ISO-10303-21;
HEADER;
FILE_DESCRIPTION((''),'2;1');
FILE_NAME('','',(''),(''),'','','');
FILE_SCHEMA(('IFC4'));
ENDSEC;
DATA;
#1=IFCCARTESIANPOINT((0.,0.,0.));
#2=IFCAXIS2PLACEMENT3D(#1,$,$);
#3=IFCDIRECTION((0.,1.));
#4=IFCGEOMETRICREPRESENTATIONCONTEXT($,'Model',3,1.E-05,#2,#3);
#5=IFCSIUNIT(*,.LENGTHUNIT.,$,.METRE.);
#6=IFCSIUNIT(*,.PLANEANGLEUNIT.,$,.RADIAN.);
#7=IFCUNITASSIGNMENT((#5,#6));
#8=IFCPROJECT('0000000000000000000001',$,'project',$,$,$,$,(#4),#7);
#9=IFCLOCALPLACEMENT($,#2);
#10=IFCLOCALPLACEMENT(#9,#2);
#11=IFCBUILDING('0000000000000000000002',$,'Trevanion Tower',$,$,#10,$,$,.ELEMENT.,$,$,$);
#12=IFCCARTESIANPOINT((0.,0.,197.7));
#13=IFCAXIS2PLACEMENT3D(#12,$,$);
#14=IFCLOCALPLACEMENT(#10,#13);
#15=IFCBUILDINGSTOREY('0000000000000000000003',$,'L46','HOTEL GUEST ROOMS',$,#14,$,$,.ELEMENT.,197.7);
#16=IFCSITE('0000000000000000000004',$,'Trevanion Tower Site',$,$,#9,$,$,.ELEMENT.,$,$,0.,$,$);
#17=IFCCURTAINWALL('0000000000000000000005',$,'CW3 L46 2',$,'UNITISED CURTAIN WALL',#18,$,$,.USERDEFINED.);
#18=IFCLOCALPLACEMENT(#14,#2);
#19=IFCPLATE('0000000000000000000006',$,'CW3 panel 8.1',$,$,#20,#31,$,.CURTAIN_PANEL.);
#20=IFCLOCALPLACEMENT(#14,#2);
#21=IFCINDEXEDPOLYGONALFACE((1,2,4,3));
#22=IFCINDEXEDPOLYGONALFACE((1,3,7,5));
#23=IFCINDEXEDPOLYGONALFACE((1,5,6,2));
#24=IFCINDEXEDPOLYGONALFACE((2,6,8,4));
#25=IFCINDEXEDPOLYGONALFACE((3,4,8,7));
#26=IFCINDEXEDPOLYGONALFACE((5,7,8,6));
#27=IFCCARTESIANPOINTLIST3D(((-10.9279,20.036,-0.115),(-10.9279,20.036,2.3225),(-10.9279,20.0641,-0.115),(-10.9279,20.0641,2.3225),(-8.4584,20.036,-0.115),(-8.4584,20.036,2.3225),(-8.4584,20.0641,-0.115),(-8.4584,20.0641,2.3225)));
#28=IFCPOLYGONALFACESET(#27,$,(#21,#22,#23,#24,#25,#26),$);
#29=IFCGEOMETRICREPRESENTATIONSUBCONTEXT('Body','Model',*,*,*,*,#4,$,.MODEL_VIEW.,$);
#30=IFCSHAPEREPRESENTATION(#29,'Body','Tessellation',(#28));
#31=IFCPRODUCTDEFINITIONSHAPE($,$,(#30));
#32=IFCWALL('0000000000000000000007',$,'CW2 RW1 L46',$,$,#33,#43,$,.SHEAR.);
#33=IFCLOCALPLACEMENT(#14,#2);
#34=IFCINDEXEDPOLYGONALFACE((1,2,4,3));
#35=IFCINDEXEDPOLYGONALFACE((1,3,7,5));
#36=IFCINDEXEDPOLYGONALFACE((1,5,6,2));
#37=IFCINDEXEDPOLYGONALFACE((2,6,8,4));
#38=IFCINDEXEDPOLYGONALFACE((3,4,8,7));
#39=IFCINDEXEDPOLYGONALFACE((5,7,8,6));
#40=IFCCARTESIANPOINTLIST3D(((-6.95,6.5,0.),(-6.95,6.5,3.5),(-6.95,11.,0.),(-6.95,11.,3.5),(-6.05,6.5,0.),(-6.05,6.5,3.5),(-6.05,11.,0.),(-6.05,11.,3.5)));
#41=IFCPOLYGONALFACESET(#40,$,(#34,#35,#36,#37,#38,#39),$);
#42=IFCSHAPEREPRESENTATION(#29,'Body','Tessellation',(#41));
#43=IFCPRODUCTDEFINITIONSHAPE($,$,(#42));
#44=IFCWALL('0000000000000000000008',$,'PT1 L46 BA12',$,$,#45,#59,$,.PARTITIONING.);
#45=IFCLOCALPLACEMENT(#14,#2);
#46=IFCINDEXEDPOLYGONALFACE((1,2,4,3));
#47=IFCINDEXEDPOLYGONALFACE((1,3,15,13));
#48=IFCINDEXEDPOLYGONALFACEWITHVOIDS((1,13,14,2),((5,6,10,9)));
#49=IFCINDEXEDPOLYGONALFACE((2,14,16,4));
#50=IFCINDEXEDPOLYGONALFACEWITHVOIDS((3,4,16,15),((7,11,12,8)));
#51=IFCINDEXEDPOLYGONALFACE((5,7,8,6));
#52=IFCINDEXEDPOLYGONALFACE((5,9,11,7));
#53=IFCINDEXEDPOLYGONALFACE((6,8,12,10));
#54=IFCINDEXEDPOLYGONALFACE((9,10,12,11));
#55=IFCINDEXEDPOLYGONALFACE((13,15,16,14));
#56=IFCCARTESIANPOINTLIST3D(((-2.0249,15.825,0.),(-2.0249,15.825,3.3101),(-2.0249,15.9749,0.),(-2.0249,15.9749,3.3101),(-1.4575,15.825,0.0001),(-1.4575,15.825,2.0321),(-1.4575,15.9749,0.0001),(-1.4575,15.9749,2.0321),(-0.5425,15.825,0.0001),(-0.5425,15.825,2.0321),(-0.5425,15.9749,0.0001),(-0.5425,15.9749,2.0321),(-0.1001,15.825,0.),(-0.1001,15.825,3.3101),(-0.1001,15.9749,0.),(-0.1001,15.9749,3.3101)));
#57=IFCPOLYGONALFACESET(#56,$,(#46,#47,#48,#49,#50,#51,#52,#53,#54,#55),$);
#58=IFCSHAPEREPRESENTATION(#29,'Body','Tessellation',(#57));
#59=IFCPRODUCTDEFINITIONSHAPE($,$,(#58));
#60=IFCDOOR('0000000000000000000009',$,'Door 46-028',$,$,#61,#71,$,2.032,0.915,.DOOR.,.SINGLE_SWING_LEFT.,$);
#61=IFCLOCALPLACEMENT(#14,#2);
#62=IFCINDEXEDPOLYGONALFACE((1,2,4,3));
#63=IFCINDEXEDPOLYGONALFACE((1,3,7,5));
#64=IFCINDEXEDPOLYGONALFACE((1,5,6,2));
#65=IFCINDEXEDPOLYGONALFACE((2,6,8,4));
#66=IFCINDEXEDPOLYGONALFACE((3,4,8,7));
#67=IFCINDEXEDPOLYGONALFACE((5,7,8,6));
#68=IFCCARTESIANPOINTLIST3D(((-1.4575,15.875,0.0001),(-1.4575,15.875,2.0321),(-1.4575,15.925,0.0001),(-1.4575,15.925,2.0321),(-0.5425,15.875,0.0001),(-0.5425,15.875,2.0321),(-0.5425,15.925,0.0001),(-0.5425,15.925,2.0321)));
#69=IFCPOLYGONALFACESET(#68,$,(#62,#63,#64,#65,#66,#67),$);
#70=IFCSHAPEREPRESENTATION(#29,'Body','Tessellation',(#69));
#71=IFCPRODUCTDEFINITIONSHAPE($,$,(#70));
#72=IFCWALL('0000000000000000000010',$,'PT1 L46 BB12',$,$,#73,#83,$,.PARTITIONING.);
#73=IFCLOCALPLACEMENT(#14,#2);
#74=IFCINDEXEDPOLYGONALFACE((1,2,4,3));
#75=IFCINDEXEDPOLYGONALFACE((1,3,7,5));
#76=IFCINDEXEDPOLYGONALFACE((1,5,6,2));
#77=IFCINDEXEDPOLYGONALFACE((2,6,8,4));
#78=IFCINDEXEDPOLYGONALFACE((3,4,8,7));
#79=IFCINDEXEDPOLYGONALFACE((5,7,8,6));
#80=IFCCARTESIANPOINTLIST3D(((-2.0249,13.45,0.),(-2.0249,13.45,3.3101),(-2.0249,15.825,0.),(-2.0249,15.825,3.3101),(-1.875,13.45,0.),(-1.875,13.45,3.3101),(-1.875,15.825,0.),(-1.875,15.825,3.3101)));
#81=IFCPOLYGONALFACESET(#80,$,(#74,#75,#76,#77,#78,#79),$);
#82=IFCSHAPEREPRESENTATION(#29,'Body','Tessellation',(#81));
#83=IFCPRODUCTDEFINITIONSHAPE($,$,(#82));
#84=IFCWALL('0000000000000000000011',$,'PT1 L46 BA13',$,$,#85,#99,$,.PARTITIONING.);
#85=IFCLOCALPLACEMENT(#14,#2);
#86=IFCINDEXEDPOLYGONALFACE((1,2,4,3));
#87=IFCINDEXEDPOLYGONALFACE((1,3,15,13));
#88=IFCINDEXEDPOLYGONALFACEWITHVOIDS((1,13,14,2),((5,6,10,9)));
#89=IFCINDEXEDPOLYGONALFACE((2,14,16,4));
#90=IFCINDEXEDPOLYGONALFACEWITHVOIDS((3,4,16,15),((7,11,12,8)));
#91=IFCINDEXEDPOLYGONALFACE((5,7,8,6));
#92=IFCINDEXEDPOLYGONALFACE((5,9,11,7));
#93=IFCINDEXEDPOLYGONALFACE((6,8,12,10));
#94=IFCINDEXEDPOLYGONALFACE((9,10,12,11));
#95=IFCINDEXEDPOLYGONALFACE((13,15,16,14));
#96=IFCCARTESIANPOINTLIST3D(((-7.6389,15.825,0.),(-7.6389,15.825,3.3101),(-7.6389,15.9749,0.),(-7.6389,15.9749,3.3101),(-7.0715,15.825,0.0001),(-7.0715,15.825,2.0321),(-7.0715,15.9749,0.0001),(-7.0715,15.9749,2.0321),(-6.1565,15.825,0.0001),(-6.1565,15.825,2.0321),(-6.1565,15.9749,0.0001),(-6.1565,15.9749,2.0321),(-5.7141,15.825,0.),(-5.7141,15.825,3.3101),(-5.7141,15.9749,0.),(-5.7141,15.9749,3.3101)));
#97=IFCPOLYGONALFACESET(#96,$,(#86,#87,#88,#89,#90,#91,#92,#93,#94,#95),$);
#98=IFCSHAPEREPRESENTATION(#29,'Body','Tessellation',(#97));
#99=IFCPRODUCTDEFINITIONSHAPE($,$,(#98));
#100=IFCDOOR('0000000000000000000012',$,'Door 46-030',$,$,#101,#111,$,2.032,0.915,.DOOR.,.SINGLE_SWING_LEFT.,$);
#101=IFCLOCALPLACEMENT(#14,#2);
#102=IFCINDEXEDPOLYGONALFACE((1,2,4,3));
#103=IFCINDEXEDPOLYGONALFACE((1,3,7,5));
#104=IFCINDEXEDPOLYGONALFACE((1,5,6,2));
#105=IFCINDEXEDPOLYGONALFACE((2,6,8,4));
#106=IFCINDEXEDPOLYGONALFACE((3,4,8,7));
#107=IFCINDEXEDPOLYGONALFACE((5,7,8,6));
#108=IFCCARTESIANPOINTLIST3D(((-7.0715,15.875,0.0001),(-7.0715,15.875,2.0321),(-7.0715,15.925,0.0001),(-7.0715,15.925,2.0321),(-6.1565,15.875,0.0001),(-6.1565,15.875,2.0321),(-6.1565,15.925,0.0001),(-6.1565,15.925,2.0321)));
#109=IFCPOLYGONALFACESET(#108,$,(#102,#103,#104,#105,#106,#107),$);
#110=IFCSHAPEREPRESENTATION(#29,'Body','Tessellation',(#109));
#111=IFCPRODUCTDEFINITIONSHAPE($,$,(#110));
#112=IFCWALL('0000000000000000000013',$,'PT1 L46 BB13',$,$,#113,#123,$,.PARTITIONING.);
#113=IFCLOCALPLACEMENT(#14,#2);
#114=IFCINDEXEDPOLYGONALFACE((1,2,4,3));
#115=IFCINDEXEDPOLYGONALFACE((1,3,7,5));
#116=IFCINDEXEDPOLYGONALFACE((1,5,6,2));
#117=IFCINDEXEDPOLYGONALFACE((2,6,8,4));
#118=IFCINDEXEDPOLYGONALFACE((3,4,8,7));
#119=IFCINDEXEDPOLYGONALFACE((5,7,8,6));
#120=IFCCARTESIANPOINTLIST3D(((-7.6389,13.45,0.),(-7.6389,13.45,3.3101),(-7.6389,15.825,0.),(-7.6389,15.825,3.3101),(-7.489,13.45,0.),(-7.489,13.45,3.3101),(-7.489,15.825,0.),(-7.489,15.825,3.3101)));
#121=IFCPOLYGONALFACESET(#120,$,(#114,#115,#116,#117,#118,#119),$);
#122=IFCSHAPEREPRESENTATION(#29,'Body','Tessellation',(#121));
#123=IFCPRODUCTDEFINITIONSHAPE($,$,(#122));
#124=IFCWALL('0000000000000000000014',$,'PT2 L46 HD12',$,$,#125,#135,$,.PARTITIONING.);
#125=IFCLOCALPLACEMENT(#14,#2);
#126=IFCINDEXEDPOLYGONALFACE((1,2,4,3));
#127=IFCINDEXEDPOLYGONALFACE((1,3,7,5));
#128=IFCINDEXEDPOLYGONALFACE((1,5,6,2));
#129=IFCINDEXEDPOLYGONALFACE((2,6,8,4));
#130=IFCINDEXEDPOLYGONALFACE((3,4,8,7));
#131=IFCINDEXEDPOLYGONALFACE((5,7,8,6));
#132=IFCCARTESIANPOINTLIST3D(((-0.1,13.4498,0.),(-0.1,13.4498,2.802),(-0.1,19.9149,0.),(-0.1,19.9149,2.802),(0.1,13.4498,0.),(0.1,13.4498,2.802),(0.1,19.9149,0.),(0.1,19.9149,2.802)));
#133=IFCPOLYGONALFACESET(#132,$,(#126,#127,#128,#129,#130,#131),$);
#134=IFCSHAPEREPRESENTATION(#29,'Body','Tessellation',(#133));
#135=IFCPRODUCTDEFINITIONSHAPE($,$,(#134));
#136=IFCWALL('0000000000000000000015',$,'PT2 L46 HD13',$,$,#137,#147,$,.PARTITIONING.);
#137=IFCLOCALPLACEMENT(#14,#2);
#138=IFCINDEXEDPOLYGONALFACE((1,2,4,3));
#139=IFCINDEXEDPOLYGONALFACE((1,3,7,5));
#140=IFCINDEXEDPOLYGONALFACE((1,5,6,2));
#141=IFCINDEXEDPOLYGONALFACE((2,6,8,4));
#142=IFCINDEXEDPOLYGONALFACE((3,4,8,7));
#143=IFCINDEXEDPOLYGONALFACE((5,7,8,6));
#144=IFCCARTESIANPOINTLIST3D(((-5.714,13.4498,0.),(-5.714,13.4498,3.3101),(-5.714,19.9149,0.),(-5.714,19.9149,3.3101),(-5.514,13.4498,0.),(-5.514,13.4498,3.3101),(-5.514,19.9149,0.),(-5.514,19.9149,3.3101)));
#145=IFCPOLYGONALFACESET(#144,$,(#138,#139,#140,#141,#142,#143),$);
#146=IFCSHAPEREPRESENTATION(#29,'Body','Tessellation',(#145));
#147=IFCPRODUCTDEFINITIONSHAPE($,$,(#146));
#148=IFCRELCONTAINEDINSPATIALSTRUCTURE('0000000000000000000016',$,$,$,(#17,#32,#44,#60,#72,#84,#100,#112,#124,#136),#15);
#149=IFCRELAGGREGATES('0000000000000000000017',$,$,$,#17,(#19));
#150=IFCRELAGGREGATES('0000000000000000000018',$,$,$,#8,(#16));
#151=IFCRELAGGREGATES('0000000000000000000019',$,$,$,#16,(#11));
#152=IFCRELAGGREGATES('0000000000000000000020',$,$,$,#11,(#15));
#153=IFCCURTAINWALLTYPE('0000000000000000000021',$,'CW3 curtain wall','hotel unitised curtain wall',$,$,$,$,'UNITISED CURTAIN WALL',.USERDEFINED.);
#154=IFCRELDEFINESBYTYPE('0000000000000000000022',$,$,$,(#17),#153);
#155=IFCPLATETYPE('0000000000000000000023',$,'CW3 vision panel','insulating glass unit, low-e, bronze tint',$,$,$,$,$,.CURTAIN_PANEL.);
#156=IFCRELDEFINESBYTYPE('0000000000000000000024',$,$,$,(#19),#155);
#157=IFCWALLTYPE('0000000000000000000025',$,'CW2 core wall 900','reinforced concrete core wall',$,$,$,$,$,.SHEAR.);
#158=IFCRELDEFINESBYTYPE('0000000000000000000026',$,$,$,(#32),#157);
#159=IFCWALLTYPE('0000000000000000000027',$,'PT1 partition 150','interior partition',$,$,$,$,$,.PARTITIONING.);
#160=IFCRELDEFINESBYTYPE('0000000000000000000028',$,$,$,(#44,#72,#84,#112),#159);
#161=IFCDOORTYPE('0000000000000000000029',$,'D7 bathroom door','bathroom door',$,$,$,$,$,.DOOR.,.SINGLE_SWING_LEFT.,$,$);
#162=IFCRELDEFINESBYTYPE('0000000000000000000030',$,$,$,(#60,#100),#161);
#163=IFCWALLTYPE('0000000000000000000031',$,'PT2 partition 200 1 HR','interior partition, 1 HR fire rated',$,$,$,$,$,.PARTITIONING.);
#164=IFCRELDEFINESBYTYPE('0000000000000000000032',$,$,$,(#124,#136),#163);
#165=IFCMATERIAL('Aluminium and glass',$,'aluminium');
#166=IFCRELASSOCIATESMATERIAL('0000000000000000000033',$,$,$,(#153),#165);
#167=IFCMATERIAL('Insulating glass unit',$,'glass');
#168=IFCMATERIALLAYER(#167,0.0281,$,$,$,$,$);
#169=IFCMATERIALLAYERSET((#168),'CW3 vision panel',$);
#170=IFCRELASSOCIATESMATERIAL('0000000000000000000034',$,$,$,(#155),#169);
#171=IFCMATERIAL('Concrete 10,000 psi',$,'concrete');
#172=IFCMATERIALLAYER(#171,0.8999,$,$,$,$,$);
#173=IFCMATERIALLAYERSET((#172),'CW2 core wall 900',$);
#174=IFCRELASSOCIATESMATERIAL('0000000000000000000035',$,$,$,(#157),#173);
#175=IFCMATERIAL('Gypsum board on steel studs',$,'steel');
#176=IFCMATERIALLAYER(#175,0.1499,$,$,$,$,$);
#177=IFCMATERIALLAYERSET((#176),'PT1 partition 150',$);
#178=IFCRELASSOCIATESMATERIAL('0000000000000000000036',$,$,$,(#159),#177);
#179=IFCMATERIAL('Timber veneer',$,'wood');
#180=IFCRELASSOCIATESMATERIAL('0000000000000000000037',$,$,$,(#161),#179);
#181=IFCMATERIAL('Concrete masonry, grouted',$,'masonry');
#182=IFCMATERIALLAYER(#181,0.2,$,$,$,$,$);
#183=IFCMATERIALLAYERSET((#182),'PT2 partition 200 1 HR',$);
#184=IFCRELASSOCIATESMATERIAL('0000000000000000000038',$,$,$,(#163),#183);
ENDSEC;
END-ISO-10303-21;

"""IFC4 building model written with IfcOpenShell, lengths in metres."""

from ifc_helpers import new_model, si_unit, direction, frame, frame_2d, origin, origin_2d, place, context, subcontext, project, spatial, rectangle, extrude, material, layer, layer_set, type_object, element, fill, aggregate, save


model = new_model("IFC4")

# Units and contexts
model_context = context("Model", 3, precision=1e-05, world=origin(), true_north=direction((0.0, 1.0)))
body_context = subcontext(model_context, "Body", "Model", "MODEL_VIEW")
ifc_project = project(units=[si_unit("LENGTHUNIT", "METRE"), si_unit("PLANEANGLEUNIT", "RADIAN")], contexts=[model_context])

# Site, building, storey
site_placement = place(None, origin())
site = spatial("IfcSite", under=ifc_project, at=site_placement, Name="Trevanion Tower Site", CompositionType="ELEMENT", RefElevation=0.0)
building_placement = place(site_placement, origin())
building = spatial("IfcBuilding", under=site, at=building_placement, Name="Trevanion Tower", CompositionType="ELEMENT")
storey_placement = place(building_placement, frame((0.0, 0.0, 197.7)))
storey = spatial("IfcBuildingStorey", under=building, at=storey_placement, Name="L46", Description="HOTEL GUEST ROOMS", CompositionType="ELEMENT", Elevation=197.7)

# Curtain wall
ifc_material_1 = material(Name="Aluminium and glass", Category="aluminium")
curtain_wall_type = type_object("IfcCurtainWallType", Name="CW3 curtain wall", Description="hotel unitised curtain wall", ElementType="UNITISED CURTAIN WALL", PredefinedType="USERDEFINED", material=ifc_material_1)
curtain_wall_placement = place(storey_placement, origin())
curtain_wall = element("IfcCurtainWall", 1, at=curtain_wall_placement, inside=storey, type_object=curtain_wall_type, Name="CW3 L46 2", ObjectType="UNITISED CURTAIN WALL", PredefinedType="USERDEFINED")

# Plate
ifc_material_2 = material(Name="Insulating glass unit", Category="glass")
ifc_layer_1 = layer(ifc_material_2, 0.0281)
ifc_layer_set_1 = layer_set([ifc_layer_1], Name="CW3 vision panel")
plate_type_1 = type_object("IfcPlateType", Name="CW3 vision panel", Description="insulating glass unit, low-e, bronze tint", PredefinedType="CURTAIN_PANEL", material=ifc_layer_set_1)
plate_1_placement = place(storey_placement, frame((-9.6931, 20.05, -0.115), z_axis=(0.0, 0.0, 1.0), x_axis=(-1.0, 0.0, 0.0)))
plate_1 = element("IfcPlate", 2, at=plate_1_placement, type_object=plate_type_1, Name="CW3 panel 8.1", PredefinedType="CURTAIN_PANEL", context=body_context, shape_type="SweptSolid", body=[
    extrude(rectangle(XDim=2.4695, YDim=0.0281, at=origin_2d()), origin(), (0.0, 0.0, 1.0), 2.4375),
])
aggregate(curtain_wall, [plate_1])

# Wall
ifc_material_3 = material(Name="Concrete 10,000 psi", Category="concrete")
ifc_layer_2 = layer(ifc_material_3, 0.8999)
ifc_layer_set_2 = layer_set([ifc_layer_2], Name="CW2 core wall 900")
wall_type_1 = type_object("IfcWallType", Name="CW2 core wall 900", Description="reinforced concrete core wall", PredefinedType="SHEAR", material=ifc_layer_set_2)
wall_1_placement = place(storey_placement, frame((-6.5, 11.0, 0.0), z_axis=(0.0, 0.0, 1.0), x_axis=(0.0, -1.0, 0.0)))
element("IfcWall", 3, at=wall_1_placement, inside=storey, type_object=wall_type_1, Name="CW2 RW1 L46", PredefinedType="SHEAR", context=body_context, shape_type="SweptSolid", body=[
    extrude(rectangle(XDim=4.5, YDim=0.8999, at=frame_2d((2.25, 0.0))), origin(), (0.0, 0.0, 1.0), 3.5),
])

# Wall, opening, door
ifc_material_4 = material(Name="Gypsum board on steel studs", Category="steel")
ifc_layer_3 = layer(ifc_material_4, 0.1499)
ifc_layer_set_3 = layer_set([ifc_layer_3], Name="PT1 partition 150")
wall_type_2 = type_object("IfcWallType", Name="PT1 partition 150", Description="interior partition", PredefinedType="PARTITIONING", material=ifc_layer_set_3)
wall_2_placement = place(storey_placement, frame((-0.1001, 15.8999, 0.0), z_axis=(0.0, 0.0, 1.0), x_axis=(-1.0, 0.0, 0.0)))
wall_2 = element("IfcWall", 4, at=wall_2_placement, inside=storey, type_object=wall_type_2, Name="PT1 L46 BA12", PredefinedType="PARTITIONING", context=body_context, shape_type="SweptSolid", body=[
    extrude(rectangle(XDim=1.9248, YDim=0.1499, at=frame_2d((0.9624, 0.0))), origin(), (0.0, 0.0, 1.0), 3.3101),
])
opening_1_placement = place(wall_2_placement, frame((0.4424, 0.0, 0.0)))
opening_1 = element("IfcOpeningElement", 5, at=opening_1_placement, cuts=wall_2, PredefinedType="OPENING", context=body_context, shape_type="SweptSolid", body=[
    extrude(rectangle(XDim=0.915, YDim=2.032, at=frame_2d((0.4575, 1.0161))), frame((0.0, 0.085, 0.0), z_axis=(0.0, -1.0, 0.0), x_axis=(1.0, 0.0, 0.0)), (0.0, 0.0, 1.0), 0.1699),
])
ifc_material_5 = material(Name="Timber veneer", Category="wood")
door_type = type_object("IfcDoorType", Name="D7 bathroom door", Description="bathroom door", OperationType="SINGLE_SWING_LEFT", PredefinedType="DOOR", material=ifc_material_5)
door_1_placement = place(opening_1_placement, origin())
door_1 = element("IfcDoor", 6, at=door_1_placement, inside=storey, type_object=door_type, Name="Door 46-028", OperationType="SINGLE_SWING_LEFT", OverallHeight=2.032, OverallWidth=0.915, PredefinedType="DOOR", context=body_context, shape_type="SweptSolid", body=[
    extrude(rectangle(XDim=0.915, YDim=2.032, at=frame_2d((0.4575, 1.0161))), frame((0.0, 0.0249, 0.0), z_axis=(0.0, -1.0, 0.0), x_axis=(1.0, 0.0, 0.0)), (0.0, 0.0, 1.0), 0.05),
])
fill(opening_1, door_1)

# Wall
wall_3_placement = place(storey_placement, frame((-1.95, 13.45, 0.0), z_axis=(0.0, 0.0, 1.0), x_axis=(0.0, 1.0, 0.0)))
element("IfcWall", 7, at=wall_3_placement, inside=storey, type_object=wall_type_2, Name="PT1 L46 BB12", PredefinedType="PARTITIONING", context=body_context, shape_type="SweptSolid", body=[
    extrude(rectangle(XDim=2.375, YDim=0.1499, at=frame_2d((1.1875, 0.0))), origin(), (0.0, 0.0, 1.0), 3.3101),
])

# Wall, opening, door
wall_4_placement = place(storey_placement, frame((-5.7141, 15.8999, 0.0), z_axis=(0.0, 0.0, 1.0), x_axis=(-1.0, 0.0, 0.0)))
wall_4 = element("IfcWall", 8, at=wall_4_placement, inside=storey, type_object=wall_type_2, Name="PT1 L46 BA13", PredefinedType="PARTITIONING", context=body_context, shape_type="SweptSolid", body=[
    extrude(rectangle(XDim=1.9248, YDim=0.1499, at=frame_2d((0.9624, 0.0))), origin(), (0.0, 0.0, 1.0), 3.3101),
])
opening_2_placement = place(wall_4_placement, frame((0.4424, 0.0, 0.0)))
opening_2 = element("IfcOpeningElement", 9, at=opening_2_placement, cuts=wall_4, PredefinedType="OPENING", context=body_context, shape_type="SweptSolid", body=[
    extrude(rectangle(XDim=0.915, YDim=2.032, at=frame_2d((0.4575, 1.0161))), frame((0.0, 0.085, 0.0), z_axis=(0.0, -1.0, 0.0), x_axis=(1.0, 0.0, 0.0)), (0.0, 0.0, 1.0), 0.1699),
])
door_2_placement = place(opening_2_placement, origin())
door_2 = element("IfcDoor", 10, at=door_2_placement, inside=storey, type_object=door_type, Name="Door 46-030", OperationType="SINGLE_SWING_LEFT", OverallHeight=2.032, OverallWidth=0.915, PredefinedType="DOOR", context=body_context, shape_type="SweptSolid", body=[
    extrude(rectangle(XDim=0.915, YDim=2.032, at=frame_2d((0.4575, 1.0161))), frame((0.0, 0.0249, 0.0), z_axis=(0.0, -1.0, 0.0), x_axis=(1.0, 0.0, 0.0)), (0.0, 0.0, 1.0), 0.05),
])
fill(opening_2, door_2)

# Walls
wall_5_placement = place(storey_placement, frame((-7.564, 13.45, 0.0), z_axis=(0.0, 0.0, 1.0), x_axis=(0.0, 1.0, 0.0)))
element("IfcWall", 11, at=wall_5_placement, inside=storey, type_object=wall_type_2, Name="PT1 L46 BB13", PredefinedType="PARTITIONING", context=body_context, shape_type="SweptSolid", body=[
    extrude(rectangle(XDim=2.375, YDim=0.1499, at=frame_2d((1.1875, 0.0))), origin(), (0.0, 0.0, 1.0), 3.3101),
])
ifc_material_6 = material(Name="Concrete masonry, grouted", Category="masonry")
ifc_layer_4 = layer(ifc_material_6, 0.2)
ifc_layer_set_4 = layer_set([ifc_layer_4], Name="PT2 partition 200 1 HR")
wall_type_3 = type_object("IfcWallType", Name="PT2 partition 200 1 HR", Description="interior partition, 1 HR fire rated", PredefinedType="PARTITIONING", material=ifc_layer_set_4)
wall_6_placement = place(storey_placement, frame((0.0, 13.45, 0.0), z_axis=(0.0, 0.0, 1.0), x_axis=(0.0, 1.0, 0.0)))
element("IfcWall", 12, at=wall_6_placement, inside=storey, type_object=wall_type_3, Name="PT2 L46 HD12", PredefinedType="PARTITIONING", context=body_context, shape_type="SweptSolid", body=[
    extrude(rectangle(XDim=6.4651, YDim=0.2, at=frame_2d((3.2324, 0.0))), origin(), (0.0, 0.0, 1.0), 2.802),
])
wall_7_placement = place(storey_placement, frame((-5.614, 13.45, 0.0), z_axis=(0.0, 0.0, 1.0), x_axis=(0.0, 1.0, 0.0)))
element("IfcWall", 13, at=wall_7_placement, inside=storey, type_object=wall_type_3, Name="PT2 L46 HD13", PredefinedType="PARTITIONING", context=body_context, shape_type="SweptSolid", body=[
    extrude(rectangle(XDim=6.4651, YDim=0.2, at=frame_2d((3.2324, 0.0))), origin(), (0.0, 0.0, 1.0), 3.3101),
])

save(model, "model.ifc")
